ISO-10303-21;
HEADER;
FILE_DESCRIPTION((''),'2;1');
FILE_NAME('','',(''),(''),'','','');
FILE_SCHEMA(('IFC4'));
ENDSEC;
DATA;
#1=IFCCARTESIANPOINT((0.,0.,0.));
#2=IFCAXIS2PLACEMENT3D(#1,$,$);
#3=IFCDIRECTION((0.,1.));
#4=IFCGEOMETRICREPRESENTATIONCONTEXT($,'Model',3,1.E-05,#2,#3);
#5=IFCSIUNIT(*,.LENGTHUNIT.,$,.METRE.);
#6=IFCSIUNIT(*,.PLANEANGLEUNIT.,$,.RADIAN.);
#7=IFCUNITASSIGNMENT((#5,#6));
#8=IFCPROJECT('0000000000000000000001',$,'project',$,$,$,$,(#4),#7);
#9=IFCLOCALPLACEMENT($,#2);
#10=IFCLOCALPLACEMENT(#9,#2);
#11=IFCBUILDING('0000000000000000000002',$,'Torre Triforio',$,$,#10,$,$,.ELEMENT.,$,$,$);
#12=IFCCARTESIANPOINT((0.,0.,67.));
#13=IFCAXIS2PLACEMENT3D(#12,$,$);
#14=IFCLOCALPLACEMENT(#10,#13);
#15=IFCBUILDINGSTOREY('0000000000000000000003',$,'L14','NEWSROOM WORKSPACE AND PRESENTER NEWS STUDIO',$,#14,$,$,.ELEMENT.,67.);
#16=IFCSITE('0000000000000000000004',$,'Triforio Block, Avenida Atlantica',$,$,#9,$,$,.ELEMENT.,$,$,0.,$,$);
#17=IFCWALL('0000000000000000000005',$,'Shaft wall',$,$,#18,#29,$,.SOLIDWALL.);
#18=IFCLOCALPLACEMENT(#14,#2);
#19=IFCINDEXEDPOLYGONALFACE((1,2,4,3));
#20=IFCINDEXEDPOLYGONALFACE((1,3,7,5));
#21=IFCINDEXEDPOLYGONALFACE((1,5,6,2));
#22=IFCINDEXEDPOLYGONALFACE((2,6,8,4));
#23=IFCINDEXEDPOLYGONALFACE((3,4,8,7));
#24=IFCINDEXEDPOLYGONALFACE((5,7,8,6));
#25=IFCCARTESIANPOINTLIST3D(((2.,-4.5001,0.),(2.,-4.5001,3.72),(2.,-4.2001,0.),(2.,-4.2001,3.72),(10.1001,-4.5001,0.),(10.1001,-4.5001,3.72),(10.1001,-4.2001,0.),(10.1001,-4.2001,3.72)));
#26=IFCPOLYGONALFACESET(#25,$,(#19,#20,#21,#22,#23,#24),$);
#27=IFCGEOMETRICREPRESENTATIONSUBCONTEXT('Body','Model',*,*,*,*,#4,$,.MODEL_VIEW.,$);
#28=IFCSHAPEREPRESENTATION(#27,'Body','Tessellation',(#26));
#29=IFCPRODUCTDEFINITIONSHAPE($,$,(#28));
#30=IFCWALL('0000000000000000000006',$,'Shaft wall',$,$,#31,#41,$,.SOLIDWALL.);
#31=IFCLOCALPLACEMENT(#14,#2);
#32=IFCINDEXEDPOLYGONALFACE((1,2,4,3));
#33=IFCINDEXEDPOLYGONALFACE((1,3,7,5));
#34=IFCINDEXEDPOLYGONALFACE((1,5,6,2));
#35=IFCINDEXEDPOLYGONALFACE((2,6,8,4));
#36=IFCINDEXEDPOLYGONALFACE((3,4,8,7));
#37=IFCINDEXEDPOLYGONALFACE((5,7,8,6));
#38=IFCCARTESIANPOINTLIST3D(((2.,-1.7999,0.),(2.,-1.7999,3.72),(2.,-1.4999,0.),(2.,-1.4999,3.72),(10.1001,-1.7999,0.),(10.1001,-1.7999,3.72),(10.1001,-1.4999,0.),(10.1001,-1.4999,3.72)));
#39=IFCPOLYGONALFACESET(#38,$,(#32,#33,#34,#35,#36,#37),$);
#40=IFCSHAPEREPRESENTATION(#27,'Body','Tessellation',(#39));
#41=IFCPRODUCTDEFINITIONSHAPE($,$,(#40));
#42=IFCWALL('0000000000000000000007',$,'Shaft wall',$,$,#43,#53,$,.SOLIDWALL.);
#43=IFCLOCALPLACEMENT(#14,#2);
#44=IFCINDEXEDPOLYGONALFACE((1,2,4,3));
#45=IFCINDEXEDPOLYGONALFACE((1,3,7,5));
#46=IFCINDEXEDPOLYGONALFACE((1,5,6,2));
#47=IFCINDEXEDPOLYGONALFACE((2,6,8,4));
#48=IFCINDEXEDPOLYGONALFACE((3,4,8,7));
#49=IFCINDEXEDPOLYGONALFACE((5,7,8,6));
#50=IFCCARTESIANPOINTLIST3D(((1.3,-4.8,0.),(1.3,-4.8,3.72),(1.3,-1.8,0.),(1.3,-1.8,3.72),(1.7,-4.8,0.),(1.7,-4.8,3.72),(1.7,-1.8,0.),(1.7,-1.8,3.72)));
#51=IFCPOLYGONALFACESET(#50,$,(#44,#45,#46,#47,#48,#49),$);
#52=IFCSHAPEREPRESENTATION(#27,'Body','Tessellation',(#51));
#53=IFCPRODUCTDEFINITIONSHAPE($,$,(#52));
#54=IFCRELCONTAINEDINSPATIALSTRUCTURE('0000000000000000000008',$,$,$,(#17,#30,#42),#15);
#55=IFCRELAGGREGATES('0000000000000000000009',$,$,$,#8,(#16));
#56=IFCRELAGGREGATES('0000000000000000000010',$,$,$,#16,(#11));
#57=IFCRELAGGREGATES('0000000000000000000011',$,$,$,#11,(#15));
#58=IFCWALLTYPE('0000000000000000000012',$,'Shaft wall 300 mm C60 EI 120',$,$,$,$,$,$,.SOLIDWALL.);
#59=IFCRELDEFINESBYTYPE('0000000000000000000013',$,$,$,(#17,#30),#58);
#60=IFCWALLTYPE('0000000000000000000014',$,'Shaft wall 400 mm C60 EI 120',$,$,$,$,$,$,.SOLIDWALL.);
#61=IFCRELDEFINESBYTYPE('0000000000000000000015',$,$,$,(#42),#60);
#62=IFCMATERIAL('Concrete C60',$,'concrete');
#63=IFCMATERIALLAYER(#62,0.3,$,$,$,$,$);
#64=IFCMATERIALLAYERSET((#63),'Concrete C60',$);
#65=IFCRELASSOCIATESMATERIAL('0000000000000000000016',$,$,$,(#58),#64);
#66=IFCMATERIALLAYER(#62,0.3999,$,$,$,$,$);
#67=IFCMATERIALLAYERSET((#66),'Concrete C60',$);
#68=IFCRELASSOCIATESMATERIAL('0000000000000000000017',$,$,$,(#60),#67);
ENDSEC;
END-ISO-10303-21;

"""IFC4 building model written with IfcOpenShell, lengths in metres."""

from ifc_helpers import new_model, si_unit, direction, frame, frame_2d, origin, place, context, subcontext, project, spatial, rectangle, extrude, material, layer, layer_set, type_object, element, save


model = new_model("IFC4")

# Units and contexts
model_context = context("Model", 3, precision=1e-05, world=origin(), true_north=direction((0.0, 1.0)))
body_context = subcontext(model_context, "Body", "Model", "MODEL_VIEW")
ifc_project = project(units=[si_unit("LENGTHUNIT", "METRE"), si_unit("PLANEANGLEUNIT", "RADIAN")], contexts=[model_context])

# Site, building, storey
site_placement = place(None, origin())
site = spatial("IfcSite", under=ifc_project, at=site_placement, Name="Triforio Block, Avenida Atlantica", CompositionType="ELEMENT", RefElevation=0.0)
building_placement = place(site_placement, origin())
building = spatial("IfcBuilding", under=site, at=building_placement, Name="Torre Triforio", CompositionType="ELEMENT")
storey_placement = place(building_placement, frame((0.0, 0.0, 67.0)))
storey = spatial("IfcBuildingStorey", under=building, at=storey_placement, Name="L14", Description="NEWSROOM WORKSPACE AND PRESENTER NEWS STUDIO", CompositionType="ELEMENT", Elevation=67.0)

# Shared definitions
ifc_material_1 = material(Name="Concrete C60", Category="concrete")

# Walls
ifc_layer_1 = layer(ifc_material_1, 0.3)
ifc_layer_set_1 = layer_set([ifc_layer_1], Name="Concrete C60")
wall_type_1 = type_object("IfcWallType", Name="Shaft wall 300 mm C60 EI 120", PredefinedType="SOLIDWALL", material=ifc_layer_set_1)
for number, where, z_axis, x_axis, name in (
    (1, (2.0, -4.3501, 0.0), (0.0, 0.0, 1.0), (1.0, 0.0, 0.0), "Shaft wall"),
    (2, (2.0, -1.6499, 0.0), (0.0, 0.0, 1.0), (1.0, 0.0, 0.0), "Shaft wall"),
):
    element("IfcWall", number, at=place(storey_placement, frame(where, z_axis=z_axis, x_axis=x_axis)), inside=storey, type_object=wall_type_1, Name=name, PredefinedType="SOLIDWALL", context=body_context, shape_type="SweptSolid", body=[
        extrude(rectangle(XDim=8.1001, YDim=0.3, at=frame_2d((4.05, 0.0))), origin(), (0.0, 0.0, 1.0), 3.72),
    ])
ifc_layer_2 = layer(ifc_material_1, 0.3999)
ifc_layer_set_2 = layer_set([ifc_layer_2], Name="Concrete C60")
wall_type_2 = type_object("IfcWallType", Name="Shaft wall 400 mm C60 EI 120", PredefinedType="SOLIDWALL", material=ifc_layer_set_2)
wall_1_placement = place(storey_placement, frame((1.5, -4.8, 0.0), z_axis=(0.0, 0.0, 1.0), x_axis=(0.0, 1.0, 0.0)))
element("IfcWall", 3, at=wall_1_placement, inside=storey, type_object=wall_type_2, Name="Shaft wall", PredefinedType="SOLIDWALL", context=body_context, shape_type="SweptSolid", body=[
    extrude(rectangle(XDim=3.0, YDim=0.3999, at=frame_2d((1.5, 0.0))), origin(), (0.0, 0.0, 1.0), 3.72),
])

save(model, "model.ifc")
